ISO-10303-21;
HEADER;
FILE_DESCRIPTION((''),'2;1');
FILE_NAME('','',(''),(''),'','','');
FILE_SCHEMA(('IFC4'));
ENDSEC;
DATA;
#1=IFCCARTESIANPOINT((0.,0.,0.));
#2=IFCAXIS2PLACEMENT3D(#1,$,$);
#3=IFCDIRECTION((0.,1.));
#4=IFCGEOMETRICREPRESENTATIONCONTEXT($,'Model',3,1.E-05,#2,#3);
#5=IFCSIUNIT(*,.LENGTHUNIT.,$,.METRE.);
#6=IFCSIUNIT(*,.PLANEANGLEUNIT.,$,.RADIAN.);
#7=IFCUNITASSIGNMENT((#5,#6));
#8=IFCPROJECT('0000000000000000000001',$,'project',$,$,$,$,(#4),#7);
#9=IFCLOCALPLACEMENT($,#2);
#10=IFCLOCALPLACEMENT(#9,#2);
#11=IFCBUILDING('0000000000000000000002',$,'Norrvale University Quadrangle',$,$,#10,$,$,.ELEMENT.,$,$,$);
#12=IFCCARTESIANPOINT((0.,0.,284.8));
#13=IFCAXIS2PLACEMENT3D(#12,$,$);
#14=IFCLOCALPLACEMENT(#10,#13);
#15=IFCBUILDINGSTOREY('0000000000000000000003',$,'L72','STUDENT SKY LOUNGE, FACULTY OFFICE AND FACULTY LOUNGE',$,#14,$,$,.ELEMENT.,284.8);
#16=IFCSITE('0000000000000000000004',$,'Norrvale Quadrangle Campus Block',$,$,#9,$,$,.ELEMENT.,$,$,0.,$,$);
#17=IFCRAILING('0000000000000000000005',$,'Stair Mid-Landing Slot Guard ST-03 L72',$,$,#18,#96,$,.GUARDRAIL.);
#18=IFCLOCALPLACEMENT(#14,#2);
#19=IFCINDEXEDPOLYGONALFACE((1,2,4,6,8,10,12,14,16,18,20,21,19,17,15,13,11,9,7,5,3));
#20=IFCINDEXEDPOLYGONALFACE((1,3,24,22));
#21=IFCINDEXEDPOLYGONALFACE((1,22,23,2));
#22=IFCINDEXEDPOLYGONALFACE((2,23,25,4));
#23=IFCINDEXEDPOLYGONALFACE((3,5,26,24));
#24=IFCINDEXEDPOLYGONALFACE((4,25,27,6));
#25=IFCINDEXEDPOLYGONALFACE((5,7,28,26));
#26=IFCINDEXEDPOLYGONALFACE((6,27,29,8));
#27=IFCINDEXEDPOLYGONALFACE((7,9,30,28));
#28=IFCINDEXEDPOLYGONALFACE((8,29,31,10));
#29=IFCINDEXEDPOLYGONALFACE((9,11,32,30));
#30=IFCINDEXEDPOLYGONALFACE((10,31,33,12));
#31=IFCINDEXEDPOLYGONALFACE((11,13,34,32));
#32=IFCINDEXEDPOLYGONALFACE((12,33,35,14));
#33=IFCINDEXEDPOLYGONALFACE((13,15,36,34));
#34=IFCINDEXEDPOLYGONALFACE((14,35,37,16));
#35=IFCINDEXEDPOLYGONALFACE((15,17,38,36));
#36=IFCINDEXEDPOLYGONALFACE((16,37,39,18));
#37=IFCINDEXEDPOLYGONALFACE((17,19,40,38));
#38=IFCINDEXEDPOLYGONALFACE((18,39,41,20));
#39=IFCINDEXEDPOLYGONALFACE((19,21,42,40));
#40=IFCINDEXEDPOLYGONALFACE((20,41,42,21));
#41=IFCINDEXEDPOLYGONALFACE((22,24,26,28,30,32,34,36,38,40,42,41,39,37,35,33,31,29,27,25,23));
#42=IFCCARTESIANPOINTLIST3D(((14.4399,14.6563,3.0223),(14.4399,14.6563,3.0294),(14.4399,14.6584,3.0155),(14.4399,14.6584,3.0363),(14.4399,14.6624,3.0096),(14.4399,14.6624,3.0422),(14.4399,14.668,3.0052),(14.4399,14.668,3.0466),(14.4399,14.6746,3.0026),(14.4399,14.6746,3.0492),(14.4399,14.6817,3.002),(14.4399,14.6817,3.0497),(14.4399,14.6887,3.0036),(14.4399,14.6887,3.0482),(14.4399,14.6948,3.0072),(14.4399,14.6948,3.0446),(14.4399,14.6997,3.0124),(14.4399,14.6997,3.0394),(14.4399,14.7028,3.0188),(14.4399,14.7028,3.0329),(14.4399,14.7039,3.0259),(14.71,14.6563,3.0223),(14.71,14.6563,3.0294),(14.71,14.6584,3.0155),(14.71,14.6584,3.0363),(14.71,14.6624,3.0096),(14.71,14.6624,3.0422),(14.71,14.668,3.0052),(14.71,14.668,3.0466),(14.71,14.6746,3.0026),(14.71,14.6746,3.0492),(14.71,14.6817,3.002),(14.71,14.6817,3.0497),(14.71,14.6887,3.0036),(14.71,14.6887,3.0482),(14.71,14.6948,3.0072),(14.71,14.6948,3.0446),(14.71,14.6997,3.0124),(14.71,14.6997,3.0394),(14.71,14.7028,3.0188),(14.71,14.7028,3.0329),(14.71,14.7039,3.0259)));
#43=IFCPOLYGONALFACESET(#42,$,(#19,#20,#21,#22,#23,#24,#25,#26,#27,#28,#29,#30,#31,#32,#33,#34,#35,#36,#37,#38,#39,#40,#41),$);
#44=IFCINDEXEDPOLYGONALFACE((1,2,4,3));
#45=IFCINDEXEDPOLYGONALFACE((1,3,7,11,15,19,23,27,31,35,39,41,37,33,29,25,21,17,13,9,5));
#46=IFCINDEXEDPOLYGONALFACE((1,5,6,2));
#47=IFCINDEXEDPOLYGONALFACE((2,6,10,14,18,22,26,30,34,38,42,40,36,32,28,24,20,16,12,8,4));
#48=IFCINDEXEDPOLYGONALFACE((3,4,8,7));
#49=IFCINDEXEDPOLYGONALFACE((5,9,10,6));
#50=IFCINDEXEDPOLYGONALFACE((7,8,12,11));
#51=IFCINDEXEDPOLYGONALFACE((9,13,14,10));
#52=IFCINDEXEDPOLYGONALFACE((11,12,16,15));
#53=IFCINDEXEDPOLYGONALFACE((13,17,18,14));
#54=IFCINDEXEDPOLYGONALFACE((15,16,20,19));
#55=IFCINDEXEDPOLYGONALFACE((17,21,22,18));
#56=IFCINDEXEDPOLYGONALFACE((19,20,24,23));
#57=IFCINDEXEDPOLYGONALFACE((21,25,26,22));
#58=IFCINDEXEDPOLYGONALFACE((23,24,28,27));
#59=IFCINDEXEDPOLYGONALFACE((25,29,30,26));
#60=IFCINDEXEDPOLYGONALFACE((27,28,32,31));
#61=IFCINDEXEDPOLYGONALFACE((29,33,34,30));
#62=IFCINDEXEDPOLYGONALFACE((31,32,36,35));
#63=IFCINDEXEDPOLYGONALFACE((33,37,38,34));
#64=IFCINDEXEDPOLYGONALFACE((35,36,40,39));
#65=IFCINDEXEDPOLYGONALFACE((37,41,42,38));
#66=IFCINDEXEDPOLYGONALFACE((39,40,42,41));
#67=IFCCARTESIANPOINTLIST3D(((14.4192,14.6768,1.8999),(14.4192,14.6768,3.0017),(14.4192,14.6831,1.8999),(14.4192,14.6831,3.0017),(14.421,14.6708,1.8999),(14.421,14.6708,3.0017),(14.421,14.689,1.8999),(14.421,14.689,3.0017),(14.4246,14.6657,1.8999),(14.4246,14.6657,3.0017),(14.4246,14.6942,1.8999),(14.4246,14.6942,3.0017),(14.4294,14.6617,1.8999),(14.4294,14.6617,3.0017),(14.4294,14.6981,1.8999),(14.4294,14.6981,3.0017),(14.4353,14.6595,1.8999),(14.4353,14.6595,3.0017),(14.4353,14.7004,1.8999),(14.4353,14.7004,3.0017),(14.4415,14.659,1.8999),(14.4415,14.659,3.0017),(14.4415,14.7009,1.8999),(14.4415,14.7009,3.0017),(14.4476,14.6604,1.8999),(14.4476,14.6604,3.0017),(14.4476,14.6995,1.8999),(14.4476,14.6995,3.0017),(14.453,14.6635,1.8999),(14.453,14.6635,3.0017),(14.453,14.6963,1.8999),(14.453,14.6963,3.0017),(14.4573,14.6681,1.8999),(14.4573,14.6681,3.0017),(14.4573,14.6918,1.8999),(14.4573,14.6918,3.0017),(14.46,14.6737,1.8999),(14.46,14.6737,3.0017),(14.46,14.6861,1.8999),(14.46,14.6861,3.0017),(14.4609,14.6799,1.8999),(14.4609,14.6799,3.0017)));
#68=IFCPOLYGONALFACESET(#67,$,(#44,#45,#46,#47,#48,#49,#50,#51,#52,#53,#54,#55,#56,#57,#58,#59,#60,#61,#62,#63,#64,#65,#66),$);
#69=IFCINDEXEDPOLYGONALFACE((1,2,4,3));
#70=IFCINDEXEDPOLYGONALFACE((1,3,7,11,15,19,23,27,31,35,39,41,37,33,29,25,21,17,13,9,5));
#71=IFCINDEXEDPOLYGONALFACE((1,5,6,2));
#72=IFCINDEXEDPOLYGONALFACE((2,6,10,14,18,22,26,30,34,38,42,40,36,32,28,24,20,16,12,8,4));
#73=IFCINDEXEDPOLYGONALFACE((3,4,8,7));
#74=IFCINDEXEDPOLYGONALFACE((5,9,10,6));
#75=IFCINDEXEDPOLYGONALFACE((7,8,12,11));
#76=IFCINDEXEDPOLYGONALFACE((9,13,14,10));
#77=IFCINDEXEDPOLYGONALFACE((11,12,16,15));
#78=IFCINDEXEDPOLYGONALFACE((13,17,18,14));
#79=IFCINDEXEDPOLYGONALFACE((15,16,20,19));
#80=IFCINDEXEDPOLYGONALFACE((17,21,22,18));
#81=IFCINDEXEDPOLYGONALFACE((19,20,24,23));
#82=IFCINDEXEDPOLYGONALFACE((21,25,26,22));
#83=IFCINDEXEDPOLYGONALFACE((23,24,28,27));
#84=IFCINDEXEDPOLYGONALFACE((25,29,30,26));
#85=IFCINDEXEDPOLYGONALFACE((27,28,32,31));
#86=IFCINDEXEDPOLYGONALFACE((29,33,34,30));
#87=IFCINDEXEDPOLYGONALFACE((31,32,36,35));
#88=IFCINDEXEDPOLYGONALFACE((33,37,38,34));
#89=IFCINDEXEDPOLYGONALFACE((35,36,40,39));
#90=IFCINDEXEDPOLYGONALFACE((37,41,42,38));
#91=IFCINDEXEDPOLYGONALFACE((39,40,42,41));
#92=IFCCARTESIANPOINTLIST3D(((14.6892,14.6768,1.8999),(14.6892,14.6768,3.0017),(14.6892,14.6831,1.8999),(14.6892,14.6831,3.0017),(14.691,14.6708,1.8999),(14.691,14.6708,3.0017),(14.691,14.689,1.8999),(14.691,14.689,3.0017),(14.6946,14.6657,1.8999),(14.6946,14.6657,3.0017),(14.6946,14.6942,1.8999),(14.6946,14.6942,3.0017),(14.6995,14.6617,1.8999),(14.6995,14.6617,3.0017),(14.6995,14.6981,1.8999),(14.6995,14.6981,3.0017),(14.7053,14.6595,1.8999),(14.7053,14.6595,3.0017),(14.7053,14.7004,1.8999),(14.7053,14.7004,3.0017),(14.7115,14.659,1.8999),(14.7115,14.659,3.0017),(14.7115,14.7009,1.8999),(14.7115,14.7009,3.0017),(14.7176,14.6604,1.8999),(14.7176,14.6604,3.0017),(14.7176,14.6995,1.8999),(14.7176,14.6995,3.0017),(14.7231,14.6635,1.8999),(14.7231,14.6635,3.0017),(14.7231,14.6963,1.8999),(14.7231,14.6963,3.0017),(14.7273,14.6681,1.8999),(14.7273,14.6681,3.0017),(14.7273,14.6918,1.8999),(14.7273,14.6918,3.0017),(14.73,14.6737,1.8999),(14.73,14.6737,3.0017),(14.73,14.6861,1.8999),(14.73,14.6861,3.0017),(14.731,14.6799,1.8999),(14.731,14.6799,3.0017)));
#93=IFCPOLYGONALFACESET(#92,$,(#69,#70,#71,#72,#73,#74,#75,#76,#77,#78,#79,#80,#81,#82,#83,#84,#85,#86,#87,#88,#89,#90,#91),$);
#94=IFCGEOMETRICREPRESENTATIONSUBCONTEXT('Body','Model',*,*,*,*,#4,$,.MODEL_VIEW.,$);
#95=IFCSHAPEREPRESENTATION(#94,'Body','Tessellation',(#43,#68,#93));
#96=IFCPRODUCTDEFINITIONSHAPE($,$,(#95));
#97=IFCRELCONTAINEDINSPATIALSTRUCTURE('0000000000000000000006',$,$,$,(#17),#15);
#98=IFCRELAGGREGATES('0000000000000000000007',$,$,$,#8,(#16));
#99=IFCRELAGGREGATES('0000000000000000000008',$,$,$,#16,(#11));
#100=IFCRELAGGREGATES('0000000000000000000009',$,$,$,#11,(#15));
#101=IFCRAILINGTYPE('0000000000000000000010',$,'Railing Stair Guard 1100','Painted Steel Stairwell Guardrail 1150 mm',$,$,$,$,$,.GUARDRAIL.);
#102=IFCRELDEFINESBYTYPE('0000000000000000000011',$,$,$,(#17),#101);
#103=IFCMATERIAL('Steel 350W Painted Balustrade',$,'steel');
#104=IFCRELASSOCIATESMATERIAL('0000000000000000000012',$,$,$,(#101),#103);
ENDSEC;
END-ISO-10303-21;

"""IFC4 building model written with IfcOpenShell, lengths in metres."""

from ifc_helpers import new_model, si_unit, direction, frame, origin, origin_2d, place, context, subcontext, project, spatial, circle, extrude, material, type_object, element, save


model = new_model("IFC4")

# Units and contexts
model_context = context("Model", 3, precision=1e-05, world=origin(), true_north=direction((0.0, 1.0)))
body_context = subcontext(model_context, "Body", "Model", "MODEL_VIEW")
ifc_project = project(units=[si_unit("LENGTHUNIT", "METRE"), si_unit("PLANEANGLEUNIT", "RADIAN")], contexts=[model_context])

# Site, building, storey
site_placement = place(None, origin())
site = spatial("IfcSite", under=ifc_project, at=site_placement, Name="Norrvale Quadrangle Campus Block", CompositionType="ELEMENT", RefElevation=0.0)
building_placement = place(site_placement, origin())
building = spatial("IfcBuilding", under=site, at=building_placement, Name="Norrvale University Quadrangle", CompositionType="ELEMENT")
storey_placement = place(building_placement, frame((0.0, 0.0, 284.8)))
storey = spatial("IfcBuildingStorey", under=building, at=storey_placement, Name="L72", Description="STUDENT SKY LOUNGE, FACULTY OFFICE AND FACULTY LOUNGE", CompositionType="ELEMENT", Elevation=284.8)

# Railing
ifc_material_1 = material(Name="Steel 350W Painted Balustrade", Category="steel")
railing_type_1 = type_object("IfcRailingType", Name="Railing Stair Guard 1100", Description="Painted Steel Stairwell Guardrail 1150 mm", PredefinedType="GUARDRAIL", material=ifc_material_1)
railing_1_placement = place(storey_placement, frame((14.4399, 14.6799, 1.8999)))
element("IfcRailing", 1, at=railing_1_placement, inside=storey, type_object=railing_type_1, Name="Stair Mid-Landing Slot Guard ST-03 L72", PredefinedType="GUARDRAIL", context=body_context, shape_type="SweptSolid", body=[
    extrude(circle(Radius=0.0239, at=origin_2d()), frame((0.0, 0.0, 1.126), z_axis=(1.0, 0.0, 0.0), x_axis=(0.0, 1.0, 0.0)), (0.0, 0.0, 1.0), 0.27),
    extrude(circle(Radius=0.021, at=origin_2d()), origin(), (0.0, 0.0, 1.0), 1.1018),
    extrude(circle(Radius=0.021, at=origin_2d()), frame((0.27, 0.0, 0.0)), (0.0, 0.0, 1.0), 1.1018),
])

save(model, "model.ifc")
